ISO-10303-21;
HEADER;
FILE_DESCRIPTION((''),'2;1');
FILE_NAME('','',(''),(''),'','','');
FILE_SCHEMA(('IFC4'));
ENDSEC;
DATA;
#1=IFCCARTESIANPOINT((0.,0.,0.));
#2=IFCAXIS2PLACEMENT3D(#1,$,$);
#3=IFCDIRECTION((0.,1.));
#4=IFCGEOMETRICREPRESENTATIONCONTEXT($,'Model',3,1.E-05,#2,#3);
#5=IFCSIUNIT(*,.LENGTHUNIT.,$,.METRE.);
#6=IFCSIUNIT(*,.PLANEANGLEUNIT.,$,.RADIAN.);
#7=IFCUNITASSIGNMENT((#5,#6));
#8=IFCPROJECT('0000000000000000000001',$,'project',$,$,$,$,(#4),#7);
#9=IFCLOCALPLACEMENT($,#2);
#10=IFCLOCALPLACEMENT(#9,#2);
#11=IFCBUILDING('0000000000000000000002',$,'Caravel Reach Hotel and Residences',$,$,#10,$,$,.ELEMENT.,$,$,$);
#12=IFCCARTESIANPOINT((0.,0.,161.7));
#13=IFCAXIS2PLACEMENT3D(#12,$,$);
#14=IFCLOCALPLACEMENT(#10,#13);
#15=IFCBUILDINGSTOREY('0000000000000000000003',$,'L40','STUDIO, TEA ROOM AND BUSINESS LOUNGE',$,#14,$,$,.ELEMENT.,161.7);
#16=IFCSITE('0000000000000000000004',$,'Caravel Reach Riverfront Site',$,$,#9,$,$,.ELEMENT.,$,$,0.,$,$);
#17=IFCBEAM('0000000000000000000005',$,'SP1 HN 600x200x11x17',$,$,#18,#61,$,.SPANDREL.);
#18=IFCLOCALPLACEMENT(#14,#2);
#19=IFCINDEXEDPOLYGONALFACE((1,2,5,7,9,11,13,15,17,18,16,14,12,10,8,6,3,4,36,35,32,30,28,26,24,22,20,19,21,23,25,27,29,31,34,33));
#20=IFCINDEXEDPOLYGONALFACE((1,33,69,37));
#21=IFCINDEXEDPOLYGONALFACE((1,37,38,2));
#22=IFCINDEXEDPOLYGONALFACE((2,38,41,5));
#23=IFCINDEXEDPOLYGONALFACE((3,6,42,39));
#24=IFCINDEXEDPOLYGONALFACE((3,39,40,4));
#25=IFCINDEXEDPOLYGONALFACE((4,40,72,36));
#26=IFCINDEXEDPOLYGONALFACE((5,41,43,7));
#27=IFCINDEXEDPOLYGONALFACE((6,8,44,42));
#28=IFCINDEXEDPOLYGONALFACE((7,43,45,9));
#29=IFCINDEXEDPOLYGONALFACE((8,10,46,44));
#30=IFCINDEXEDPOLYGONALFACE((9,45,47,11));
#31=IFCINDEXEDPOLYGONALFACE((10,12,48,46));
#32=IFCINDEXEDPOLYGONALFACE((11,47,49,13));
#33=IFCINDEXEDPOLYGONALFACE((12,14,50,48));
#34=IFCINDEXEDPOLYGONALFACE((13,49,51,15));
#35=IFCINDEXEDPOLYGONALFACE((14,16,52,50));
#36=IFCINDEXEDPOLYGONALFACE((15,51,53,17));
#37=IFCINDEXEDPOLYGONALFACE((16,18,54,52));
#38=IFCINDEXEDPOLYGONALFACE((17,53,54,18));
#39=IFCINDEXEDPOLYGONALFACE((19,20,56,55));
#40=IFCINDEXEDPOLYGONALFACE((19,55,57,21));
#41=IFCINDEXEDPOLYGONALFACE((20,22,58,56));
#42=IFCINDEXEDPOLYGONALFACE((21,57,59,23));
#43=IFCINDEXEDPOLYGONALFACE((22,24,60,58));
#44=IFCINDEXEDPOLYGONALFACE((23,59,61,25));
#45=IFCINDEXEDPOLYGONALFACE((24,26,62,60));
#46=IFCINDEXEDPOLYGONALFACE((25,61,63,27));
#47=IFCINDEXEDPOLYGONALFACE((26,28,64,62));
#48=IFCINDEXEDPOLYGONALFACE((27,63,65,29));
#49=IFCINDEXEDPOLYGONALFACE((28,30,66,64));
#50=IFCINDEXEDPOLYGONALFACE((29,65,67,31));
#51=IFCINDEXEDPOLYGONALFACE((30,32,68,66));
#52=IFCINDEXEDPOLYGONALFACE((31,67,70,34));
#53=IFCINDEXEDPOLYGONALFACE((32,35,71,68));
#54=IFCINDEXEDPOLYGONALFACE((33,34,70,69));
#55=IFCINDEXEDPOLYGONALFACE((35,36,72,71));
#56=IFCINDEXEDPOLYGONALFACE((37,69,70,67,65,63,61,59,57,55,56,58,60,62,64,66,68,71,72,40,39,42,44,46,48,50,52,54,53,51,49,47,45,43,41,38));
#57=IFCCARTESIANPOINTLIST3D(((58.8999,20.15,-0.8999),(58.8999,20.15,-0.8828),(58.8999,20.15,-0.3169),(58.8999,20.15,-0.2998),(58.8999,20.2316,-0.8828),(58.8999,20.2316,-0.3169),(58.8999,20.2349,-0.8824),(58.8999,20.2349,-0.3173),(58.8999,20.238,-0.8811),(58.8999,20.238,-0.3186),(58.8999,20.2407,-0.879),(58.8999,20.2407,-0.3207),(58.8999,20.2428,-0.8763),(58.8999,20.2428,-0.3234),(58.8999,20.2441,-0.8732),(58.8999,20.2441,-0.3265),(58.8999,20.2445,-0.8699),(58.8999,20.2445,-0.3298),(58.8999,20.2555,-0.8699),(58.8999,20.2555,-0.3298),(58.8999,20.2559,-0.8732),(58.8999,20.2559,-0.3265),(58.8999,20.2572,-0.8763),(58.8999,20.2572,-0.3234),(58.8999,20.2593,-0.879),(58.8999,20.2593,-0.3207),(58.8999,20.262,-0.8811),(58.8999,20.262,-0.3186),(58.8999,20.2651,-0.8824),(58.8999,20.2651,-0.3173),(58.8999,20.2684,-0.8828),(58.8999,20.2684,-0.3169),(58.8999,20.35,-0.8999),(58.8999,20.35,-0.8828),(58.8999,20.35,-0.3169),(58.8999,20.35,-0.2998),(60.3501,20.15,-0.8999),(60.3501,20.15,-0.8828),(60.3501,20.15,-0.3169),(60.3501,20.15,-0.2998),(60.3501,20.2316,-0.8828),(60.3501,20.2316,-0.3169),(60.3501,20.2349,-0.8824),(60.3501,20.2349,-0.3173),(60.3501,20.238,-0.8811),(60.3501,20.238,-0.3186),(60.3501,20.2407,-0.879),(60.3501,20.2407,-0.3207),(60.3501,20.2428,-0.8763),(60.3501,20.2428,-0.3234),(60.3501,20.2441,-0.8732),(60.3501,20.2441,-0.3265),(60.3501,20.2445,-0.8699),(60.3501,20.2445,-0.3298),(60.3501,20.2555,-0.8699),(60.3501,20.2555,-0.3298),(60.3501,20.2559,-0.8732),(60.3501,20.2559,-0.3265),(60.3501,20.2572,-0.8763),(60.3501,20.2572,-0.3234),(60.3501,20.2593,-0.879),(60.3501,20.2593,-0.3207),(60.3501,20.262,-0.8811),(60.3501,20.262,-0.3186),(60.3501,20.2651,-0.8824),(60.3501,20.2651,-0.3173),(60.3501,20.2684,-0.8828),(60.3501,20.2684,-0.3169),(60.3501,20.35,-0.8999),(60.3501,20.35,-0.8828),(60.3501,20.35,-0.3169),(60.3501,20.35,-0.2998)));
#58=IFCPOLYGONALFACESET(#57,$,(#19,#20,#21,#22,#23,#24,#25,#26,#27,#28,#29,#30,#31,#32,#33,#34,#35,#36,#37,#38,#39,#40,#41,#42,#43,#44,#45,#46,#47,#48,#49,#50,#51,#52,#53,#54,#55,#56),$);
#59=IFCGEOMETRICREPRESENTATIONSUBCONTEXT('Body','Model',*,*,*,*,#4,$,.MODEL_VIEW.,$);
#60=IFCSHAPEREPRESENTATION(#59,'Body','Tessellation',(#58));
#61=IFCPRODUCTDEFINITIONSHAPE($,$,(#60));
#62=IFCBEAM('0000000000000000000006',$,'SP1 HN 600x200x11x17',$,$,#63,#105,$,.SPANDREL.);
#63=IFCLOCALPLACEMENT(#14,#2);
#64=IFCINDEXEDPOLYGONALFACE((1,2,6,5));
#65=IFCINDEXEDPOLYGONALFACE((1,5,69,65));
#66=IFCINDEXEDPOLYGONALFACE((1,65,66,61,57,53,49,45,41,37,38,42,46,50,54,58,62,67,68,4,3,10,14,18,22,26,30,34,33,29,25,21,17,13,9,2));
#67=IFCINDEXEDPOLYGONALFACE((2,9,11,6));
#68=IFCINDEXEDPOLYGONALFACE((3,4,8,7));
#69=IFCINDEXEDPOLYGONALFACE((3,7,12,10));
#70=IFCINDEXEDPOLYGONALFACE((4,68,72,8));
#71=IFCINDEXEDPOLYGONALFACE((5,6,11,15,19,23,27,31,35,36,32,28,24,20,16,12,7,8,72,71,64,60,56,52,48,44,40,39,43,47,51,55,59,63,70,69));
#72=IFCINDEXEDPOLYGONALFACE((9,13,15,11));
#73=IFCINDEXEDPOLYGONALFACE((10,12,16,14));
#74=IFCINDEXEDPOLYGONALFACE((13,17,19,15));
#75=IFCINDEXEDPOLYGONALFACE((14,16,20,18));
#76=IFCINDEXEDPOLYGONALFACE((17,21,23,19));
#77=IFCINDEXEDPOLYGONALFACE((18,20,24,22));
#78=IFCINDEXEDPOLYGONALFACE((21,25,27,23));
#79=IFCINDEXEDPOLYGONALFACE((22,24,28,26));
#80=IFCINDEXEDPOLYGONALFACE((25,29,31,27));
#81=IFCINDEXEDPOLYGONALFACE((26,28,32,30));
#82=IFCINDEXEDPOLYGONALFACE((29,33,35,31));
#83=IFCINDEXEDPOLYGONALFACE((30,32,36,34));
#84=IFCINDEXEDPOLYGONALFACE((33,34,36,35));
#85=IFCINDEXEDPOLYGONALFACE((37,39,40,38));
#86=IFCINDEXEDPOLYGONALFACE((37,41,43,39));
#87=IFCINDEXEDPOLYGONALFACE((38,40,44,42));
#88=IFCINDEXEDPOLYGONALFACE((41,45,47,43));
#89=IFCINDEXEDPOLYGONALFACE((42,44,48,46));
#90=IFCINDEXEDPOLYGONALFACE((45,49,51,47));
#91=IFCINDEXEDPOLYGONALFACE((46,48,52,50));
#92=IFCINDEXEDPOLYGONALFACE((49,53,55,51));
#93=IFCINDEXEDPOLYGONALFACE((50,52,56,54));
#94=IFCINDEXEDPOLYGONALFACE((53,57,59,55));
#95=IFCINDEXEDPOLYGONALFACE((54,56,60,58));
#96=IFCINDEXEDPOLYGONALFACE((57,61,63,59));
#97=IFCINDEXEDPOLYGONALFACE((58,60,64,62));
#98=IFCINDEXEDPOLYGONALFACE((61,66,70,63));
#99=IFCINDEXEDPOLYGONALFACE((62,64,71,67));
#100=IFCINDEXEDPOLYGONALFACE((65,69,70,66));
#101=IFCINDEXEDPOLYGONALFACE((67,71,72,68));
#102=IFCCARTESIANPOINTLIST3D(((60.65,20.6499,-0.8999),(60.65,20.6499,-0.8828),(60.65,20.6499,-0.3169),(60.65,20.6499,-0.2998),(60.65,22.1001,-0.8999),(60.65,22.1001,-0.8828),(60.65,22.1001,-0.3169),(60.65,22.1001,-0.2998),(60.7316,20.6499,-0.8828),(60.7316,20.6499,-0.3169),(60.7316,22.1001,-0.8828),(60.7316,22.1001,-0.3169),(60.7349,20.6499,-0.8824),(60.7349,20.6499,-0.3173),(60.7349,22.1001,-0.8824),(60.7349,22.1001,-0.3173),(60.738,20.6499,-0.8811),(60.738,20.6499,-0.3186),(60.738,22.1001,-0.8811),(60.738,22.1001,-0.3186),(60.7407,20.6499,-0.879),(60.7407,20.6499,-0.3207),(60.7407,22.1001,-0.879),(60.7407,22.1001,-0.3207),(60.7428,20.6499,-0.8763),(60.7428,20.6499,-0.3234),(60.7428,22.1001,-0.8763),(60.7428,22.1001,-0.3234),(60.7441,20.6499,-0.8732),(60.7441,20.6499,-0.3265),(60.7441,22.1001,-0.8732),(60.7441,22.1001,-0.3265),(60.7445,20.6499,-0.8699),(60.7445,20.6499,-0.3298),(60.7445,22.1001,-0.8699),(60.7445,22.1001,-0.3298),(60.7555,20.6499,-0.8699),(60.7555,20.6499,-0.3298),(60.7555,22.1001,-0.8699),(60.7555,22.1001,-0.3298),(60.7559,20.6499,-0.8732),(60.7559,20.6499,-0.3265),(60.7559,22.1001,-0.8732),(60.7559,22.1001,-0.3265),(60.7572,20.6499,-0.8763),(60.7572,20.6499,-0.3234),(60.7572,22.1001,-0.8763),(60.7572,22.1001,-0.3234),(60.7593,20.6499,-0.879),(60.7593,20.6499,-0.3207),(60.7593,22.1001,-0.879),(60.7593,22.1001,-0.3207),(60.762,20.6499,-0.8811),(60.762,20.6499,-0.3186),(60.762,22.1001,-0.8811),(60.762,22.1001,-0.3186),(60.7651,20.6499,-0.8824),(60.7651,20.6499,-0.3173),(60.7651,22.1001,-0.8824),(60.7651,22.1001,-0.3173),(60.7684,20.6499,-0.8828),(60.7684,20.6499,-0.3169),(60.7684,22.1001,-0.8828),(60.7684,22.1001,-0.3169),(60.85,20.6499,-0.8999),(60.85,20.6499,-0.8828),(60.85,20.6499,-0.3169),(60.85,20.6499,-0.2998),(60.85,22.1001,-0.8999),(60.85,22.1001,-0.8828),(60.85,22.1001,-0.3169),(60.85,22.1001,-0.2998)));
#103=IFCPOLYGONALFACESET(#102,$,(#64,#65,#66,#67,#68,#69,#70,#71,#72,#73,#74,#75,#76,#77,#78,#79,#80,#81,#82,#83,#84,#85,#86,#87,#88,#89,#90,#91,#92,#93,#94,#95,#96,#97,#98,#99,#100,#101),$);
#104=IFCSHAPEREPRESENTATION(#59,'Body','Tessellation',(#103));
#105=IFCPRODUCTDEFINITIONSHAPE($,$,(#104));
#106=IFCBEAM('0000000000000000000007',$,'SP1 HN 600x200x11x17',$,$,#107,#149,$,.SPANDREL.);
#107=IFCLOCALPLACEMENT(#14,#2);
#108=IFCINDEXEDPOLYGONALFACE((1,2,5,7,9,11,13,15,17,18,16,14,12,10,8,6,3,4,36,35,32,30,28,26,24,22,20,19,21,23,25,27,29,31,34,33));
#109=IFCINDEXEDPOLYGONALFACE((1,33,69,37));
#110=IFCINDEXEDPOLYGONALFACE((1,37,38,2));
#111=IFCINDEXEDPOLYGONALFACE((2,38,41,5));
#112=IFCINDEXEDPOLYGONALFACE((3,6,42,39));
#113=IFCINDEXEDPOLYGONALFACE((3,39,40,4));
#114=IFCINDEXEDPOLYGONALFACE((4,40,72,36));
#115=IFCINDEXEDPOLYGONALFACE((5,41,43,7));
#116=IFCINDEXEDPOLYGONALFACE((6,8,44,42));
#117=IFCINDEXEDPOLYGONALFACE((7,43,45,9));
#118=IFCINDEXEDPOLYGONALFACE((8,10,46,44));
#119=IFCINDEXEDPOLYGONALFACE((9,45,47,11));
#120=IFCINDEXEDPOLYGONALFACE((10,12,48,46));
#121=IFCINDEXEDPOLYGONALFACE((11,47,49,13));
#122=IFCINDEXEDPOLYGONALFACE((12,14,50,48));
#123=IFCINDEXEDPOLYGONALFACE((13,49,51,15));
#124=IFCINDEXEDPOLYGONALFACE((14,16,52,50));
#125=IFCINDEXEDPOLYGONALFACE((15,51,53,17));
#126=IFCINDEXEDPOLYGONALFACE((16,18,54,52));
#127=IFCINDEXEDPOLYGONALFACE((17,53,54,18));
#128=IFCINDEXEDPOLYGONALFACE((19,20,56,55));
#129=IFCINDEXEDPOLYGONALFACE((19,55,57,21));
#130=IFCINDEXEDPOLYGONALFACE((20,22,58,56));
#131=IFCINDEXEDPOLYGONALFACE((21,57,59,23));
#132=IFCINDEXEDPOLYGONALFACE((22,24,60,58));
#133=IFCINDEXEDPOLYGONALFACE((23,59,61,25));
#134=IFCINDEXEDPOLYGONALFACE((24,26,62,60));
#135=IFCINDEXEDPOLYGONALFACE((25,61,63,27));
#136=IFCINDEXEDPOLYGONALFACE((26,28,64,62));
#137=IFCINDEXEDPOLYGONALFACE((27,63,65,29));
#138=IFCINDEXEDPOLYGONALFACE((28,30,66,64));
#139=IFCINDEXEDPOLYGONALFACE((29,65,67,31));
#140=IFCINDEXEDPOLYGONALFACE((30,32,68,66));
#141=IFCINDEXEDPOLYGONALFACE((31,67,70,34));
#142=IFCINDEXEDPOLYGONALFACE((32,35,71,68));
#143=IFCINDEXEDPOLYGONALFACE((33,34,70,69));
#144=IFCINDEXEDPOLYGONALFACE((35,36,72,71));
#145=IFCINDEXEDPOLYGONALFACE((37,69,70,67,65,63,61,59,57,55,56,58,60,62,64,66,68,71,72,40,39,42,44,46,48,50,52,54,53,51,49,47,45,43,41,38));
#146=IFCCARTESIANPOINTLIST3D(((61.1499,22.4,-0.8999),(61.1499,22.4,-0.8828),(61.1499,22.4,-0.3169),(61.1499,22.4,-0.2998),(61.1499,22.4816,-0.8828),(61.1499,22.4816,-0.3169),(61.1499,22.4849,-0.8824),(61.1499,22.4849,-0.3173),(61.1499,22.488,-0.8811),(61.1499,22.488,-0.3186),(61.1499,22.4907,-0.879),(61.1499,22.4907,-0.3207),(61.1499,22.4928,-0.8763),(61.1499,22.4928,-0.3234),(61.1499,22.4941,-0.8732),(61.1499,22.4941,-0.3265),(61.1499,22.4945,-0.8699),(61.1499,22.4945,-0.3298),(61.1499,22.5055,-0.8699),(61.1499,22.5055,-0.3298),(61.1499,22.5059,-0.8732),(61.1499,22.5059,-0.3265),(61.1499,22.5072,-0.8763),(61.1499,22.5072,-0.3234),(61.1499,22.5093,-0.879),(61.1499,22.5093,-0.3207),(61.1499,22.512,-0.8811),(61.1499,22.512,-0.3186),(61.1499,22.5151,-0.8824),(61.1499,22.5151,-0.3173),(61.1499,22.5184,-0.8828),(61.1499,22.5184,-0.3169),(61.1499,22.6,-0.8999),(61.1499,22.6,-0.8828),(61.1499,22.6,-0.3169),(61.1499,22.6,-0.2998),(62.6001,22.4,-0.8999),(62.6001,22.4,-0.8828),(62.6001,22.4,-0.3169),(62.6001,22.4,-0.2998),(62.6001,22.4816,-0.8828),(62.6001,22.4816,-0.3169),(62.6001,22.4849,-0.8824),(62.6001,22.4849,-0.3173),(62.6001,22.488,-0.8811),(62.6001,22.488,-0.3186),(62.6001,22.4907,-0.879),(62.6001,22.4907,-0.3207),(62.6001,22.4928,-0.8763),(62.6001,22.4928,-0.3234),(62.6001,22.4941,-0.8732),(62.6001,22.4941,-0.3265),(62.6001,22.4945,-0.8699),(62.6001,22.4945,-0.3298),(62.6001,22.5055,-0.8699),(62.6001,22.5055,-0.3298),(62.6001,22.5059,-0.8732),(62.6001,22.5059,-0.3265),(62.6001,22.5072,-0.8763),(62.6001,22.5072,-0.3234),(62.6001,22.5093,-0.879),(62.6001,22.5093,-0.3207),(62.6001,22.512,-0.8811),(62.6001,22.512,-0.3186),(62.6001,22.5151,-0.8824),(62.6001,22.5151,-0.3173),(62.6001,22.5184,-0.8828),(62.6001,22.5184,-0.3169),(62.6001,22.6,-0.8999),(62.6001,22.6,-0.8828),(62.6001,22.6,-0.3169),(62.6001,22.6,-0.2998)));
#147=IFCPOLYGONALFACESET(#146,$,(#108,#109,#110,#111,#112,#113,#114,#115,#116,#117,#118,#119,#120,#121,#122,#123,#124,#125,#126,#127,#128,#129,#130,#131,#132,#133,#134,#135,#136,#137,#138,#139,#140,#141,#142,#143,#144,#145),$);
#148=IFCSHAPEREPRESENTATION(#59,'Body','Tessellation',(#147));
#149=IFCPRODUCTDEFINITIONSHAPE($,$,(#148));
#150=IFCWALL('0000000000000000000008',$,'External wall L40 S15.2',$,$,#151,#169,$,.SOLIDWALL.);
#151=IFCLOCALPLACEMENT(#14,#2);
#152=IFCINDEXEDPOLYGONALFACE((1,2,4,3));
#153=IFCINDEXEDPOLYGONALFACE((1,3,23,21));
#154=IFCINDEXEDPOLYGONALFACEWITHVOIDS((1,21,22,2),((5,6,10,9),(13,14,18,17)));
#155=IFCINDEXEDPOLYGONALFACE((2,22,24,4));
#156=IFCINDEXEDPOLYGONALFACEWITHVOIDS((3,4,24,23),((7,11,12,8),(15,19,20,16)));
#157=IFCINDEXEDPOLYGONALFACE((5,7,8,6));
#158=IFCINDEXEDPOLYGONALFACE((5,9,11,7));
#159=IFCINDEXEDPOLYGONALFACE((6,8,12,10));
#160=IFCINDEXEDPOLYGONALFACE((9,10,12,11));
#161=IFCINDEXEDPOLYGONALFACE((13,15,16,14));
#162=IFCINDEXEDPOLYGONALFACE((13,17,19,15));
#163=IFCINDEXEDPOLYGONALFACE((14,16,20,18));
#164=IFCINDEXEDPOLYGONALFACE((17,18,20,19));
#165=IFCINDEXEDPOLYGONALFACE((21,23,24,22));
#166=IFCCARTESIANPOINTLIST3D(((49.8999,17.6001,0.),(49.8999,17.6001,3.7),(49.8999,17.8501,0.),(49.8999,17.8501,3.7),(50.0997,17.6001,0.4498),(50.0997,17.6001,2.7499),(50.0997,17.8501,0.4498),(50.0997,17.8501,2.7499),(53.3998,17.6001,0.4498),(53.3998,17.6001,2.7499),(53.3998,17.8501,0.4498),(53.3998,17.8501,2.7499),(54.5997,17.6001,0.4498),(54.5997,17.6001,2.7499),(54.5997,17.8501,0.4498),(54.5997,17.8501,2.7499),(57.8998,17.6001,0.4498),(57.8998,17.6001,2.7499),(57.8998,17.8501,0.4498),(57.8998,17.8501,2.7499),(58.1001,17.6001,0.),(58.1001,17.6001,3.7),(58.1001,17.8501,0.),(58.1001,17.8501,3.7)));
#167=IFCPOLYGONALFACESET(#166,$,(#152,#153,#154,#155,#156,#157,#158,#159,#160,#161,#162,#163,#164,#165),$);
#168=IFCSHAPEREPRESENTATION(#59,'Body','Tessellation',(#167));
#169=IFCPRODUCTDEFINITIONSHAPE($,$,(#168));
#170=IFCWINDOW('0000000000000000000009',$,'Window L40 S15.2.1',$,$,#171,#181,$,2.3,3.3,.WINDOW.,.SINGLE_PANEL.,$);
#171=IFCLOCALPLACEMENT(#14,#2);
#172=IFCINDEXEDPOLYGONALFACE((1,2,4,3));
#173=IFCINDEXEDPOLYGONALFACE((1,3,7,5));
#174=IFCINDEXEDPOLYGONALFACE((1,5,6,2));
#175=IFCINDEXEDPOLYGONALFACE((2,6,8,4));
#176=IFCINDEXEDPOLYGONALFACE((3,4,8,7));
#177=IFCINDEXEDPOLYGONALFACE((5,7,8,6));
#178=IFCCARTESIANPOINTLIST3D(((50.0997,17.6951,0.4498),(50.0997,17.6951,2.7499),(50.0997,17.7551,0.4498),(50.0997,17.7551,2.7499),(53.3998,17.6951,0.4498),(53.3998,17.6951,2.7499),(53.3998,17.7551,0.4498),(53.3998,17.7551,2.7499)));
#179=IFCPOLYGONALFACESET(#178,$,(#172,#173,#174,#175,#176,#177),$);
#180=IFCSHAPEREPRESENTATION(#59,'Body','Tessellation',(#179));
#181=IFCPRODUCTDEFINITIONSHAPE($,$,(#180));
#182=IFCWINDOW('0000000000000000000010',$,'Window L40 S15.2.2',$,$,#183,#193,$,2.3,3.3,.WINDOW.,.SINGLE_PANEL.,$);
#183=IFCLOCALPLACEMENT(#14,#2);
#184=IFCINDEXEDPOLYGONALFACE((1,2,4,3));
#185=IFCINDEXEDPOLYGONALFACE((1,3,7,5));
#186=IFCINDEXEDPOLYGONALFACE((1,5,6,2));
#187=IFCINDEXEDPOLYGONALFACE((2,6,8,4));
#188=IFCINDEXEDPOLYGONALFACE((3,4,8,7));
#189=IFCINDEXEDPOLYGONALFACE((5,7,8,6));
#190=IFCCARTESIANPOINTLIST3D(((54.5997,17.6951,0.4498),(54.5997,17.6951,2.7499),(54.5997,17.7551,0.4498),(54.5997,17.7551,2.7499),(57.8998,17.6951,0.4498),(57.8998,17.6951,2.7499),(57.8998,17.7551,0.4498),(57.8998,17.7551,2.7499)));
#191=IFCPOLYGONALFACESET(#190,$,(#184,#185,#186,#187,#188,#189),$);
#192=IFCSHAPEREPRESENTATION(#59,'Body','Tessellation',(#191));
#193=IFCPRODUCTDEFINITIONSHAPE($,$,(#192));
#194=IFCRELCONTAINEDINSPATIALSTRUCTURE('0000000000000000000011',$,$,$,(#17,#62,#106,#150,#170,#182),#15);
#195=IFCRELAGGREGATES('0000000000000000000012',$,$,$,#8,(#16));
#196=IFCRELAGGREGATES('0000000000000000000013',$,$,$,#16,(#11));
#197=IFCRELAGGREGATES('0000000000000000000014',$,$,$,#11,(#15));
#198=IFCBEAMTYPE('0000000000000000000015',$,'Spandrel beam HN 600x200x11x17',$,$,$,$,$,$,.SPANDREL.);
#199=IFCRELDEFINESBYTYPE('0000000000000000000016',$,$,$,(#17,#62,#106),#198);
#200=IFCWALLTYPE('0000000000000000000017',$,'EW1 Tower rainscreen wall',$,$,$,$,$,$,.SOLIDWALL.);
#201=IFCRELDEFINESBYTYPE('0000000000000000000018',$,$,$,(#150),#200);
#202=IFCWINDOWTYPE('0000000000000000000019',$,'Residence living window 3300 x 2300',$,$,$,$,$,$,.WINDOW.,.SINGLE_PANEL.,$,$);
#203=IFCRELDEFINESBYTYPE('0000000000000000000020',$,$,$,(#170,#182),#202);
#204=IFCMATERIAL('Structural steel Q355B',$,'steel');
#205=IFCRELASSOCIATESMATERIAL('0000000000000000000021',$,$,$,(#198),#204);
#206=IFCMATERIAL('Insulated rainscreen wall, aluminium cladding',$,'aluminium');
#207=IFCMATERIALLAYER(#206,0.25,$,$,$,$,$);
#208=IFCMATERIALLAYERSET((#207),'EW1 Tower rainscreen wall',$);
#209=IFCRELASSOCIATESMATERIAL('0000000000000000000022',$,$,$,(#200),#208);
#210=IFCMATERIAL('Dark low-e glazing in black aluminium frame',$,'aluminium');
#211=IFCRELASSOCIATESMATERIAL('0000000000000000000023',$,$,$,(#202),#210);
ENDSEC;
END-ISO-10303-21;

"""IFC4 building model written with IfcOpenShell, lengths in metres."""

from ifc_helpers import new_model, si_unit, direction, frame, frame_2d, origin, origin_2d, place, context, subcontext, project, spatial, rectangle, i_section, extrude, material, layer, layer_set, material_profile, profile_set, type_object, element, fill, save


model = new_model("IFC4")

# Units and contexts
model_context = context("Model", 3, precision=1e-05, world=origin(), true_north=direction((0.0, 1.0)))
body_context = subcontext(model_context, "Body", "Model", "MODEL_VIEW")
ifc_project = project(units=[si_unit("LENGTHUNIT", "METRE"), si_unit("PLANEANGLEUNIT", "RADIAN")], contexts=[model_context])

# Site, building, storey
site_placement = place(None, origin())
site = spatial("IfcSite", under=ifc_project, at=site_placement, Name="Caravel Reach Riverfront Site", CompositionType="ELEMENT", RefElevation=0.0)
building_placement = place(site_placement, origin())
building = spatial("IfcBuilding", under=site, at=building_placement, Name="Caravel Reach Hotel and Residences", CompositionType="ELEMENT")
storey_placement = place(building_placement, frame((0.0, 0.0, 161.7)))
storey = spatial("IfcBuildingStorey", under=building, at=storey_placement, Name="L40", Description="STUDIO, TEA ROOM AND BUSINESS LOUNGE", CompositionType="ELEMENT", Elevation=161.7)

# Beams
ifc_material_1 = material(Name="Structural steel Q355B", Category="steel")
ifc_material_profile_1 = material_profile(ifc_material_1, i_section(OverallWidth=0.2, OverallDepth=0.6001, WebThickness=0.011, FlangeThickness=0.0171, FilletRadius=0.0129, at=origin_2d()), Name="HN 600x200x11x17")
ifc_profile_set_1 = profile_set([ifc_material_profile_1], Name="Structural steel Q355B")
beam_type = type_object("IfcBeamType", Name="Spandrel beam HN 600x200x11x17", PredefinedType="SPANDREL", material=ifc_profile_set_1)
for number, where, z_axis, x_axis, name in (
    (1, (58.8999, 20.25, -0.5999), (1.0, 0.0, 0.0), (0.0, 1.0, 0.0), "SP1 HN 600x200x11x17"),
    (2, (60.75, 20.6499, -0.5999), (0.0, 1.0, 0.0), (-1.0, 0.0, 0.0), "SP1 HN 600x200x11x17"),
    (3, (61.1499, 22.5, -0.5999), (1.0, 0.0, 0.0), (0.0, 1.0, 0.0), "SP1 HN 600x200x11x17"),
):
    element("IfcBeam", number, at=place(storey_placement, frame(where, z_axis=z_axis, x_axis=x_axis)), inside=storey, type_object=beam_type, Name=name, PredefinedType="SPANDREL", context=body_context, shape_type="SweptSolid", body=[
        extrude(i_section(OverallWidth=0.2, OverallDepth=0.6001, WebThickness=0.011, FlangeThickness=0.0171, FilletRadius=0.0129, at=origin_2d()), origin(), (0.0, 0.0, 1.0), 1.4502),
    ])

# Wall, openings, windows
ifc_material_2 = material(Name="Insulated rainscreen wall, aluminium cladding", Category="aluminium")
ifc_layer_1 = layer(ifc_material_2, 0.25)
ifc_layer_set_1 = layer_set([ifc_layer_1], Name="EW1 Tower rainscreen wall")
wall_type_1 = type_object("IfcWallType", Name="EW1 Tower rainscreen wall", PredefinedType="SOLIDWALL", material=ifc_layer_set_1)
wall_1_placement = place(storey_placement, frame((49.8999, 17.7251, 0.0), z_axis=(0.0, 0.0, 1.0), x_axis=(1.0, 0.0, 0.0)))
wall_1 = element("IfcWall", 4, at=wall_1_placement, inside=storey, type_object=wall_type_1, Name="External wall L40 S15.2", PredefinedType="SOLIDWALL", context=body_context, shape_type="SweptSolid", body=[
    extrude(rectangle(XDim=8.2002, YDim=0.25, at=frame_2d((4.1001, 0.0))), origin(), (0.0, 0.0, 1.0), 3.7),
])
opening_1_placement = place(wall_1_placement, frame((0.2, 0.0, 0.45)))
opening_1 = element("IfcOpeningElement", 5, at=opening_1_placement, cuts=wall_1, PredefinedType="OPENING", context=body_context, shape_type="SweptSolid", body=[
    extrude(rectangle(XDim=3.3, YDim=2.3, at=frame_2d((1.6499, 1.1499))), frame((0.0, 0.135, 0.0), z_axis=(0.0, -1.0, 0.0), x_axis=(1.0, 0.0, 0.0)), (0.0, 0.0, 1.0), 0.27),
])
opening_2_placement = place(wall_1_placement, frame((4.7, 0.0, 0.45)))
opening_2 = element("IfcOpeningElement", 6, at=opening_2_placement, cuts=wall_1, PredefinedType="OPENING", context=body_context, shape_type="SweptSolid", body=[
    extrude(rectangle(XDim=3.3, YDim=2.3, at=frame_2d((1.6499, 1.1499))), frame((0.0, 0.135, 0.0), z_axis=(0.0, -1.0, 0.0), x_axis=(1.0, 0.0, 0.0)), (0.0, 0.0, 1.0), 0.27),
])
ifc_material_3 = material(Name="Dark low-e glazing in black aluminium frame", Category="aluminium")
window_type_1 = type_object("IfcWindowType", Name="Residence living window 3300 x 2300", PartitioningType="SINGLE_PANEL", PredefinedType="WINDOW", material=ifc_material_3)
window_1_placement = place(opening_1_placement, origin())
window_1 = element("IfcWindow", 7, at=window_1_placement, inside=storey, type_object=window_type_1, Name="Window L40 S15.2.1", OverallHeight=2.3, OverallWidth=3.3, PartitioningType="SINGLE_PANEL", PredefinedType="WINDOW", context=body_context, shape_type="SweptSolid", body=[
    extrude(rectangle(XDim=3.3, YDim=2.3, at=frame_2d((1.6499, 1.1499))), frame((0.0, 0.03, 0.0), z_axis=(0.0, -1.0, 0.0), x_axis=(1.0, 0.0, 0.0)), (0.0, 0.0, 1.0), 0.0601),
])
fill(opening_1, window_1)
window_2_placement = place(opening_2_placement, origin())
window_2 = element("IfcWindow", 8, at=window_2_placement, inside=storey, type_object=window_type_1, Name="Window L40 S15.2.2", OverallHeight=2.3, OverallWidth=3.3, PartitioningType="SINGLE_PANEL", PredefinedType="WINDOW", context=body_context, shape_type="SweptSolid", body=[
    extrude(rectangle(XDim=3.3, YDim=2.3, at=frame_2d((1.6499, 1.1499))), frame((0.0, 0.03, 0.0), z_axis=(0.0, -1.0, 0.0), x_axis=(1.0, 0.0, 0.0)), (0.0, 0.0, 1.0), 0.0601),
])
fill(opening_2, window_2)

save(model, "model.ifc")
